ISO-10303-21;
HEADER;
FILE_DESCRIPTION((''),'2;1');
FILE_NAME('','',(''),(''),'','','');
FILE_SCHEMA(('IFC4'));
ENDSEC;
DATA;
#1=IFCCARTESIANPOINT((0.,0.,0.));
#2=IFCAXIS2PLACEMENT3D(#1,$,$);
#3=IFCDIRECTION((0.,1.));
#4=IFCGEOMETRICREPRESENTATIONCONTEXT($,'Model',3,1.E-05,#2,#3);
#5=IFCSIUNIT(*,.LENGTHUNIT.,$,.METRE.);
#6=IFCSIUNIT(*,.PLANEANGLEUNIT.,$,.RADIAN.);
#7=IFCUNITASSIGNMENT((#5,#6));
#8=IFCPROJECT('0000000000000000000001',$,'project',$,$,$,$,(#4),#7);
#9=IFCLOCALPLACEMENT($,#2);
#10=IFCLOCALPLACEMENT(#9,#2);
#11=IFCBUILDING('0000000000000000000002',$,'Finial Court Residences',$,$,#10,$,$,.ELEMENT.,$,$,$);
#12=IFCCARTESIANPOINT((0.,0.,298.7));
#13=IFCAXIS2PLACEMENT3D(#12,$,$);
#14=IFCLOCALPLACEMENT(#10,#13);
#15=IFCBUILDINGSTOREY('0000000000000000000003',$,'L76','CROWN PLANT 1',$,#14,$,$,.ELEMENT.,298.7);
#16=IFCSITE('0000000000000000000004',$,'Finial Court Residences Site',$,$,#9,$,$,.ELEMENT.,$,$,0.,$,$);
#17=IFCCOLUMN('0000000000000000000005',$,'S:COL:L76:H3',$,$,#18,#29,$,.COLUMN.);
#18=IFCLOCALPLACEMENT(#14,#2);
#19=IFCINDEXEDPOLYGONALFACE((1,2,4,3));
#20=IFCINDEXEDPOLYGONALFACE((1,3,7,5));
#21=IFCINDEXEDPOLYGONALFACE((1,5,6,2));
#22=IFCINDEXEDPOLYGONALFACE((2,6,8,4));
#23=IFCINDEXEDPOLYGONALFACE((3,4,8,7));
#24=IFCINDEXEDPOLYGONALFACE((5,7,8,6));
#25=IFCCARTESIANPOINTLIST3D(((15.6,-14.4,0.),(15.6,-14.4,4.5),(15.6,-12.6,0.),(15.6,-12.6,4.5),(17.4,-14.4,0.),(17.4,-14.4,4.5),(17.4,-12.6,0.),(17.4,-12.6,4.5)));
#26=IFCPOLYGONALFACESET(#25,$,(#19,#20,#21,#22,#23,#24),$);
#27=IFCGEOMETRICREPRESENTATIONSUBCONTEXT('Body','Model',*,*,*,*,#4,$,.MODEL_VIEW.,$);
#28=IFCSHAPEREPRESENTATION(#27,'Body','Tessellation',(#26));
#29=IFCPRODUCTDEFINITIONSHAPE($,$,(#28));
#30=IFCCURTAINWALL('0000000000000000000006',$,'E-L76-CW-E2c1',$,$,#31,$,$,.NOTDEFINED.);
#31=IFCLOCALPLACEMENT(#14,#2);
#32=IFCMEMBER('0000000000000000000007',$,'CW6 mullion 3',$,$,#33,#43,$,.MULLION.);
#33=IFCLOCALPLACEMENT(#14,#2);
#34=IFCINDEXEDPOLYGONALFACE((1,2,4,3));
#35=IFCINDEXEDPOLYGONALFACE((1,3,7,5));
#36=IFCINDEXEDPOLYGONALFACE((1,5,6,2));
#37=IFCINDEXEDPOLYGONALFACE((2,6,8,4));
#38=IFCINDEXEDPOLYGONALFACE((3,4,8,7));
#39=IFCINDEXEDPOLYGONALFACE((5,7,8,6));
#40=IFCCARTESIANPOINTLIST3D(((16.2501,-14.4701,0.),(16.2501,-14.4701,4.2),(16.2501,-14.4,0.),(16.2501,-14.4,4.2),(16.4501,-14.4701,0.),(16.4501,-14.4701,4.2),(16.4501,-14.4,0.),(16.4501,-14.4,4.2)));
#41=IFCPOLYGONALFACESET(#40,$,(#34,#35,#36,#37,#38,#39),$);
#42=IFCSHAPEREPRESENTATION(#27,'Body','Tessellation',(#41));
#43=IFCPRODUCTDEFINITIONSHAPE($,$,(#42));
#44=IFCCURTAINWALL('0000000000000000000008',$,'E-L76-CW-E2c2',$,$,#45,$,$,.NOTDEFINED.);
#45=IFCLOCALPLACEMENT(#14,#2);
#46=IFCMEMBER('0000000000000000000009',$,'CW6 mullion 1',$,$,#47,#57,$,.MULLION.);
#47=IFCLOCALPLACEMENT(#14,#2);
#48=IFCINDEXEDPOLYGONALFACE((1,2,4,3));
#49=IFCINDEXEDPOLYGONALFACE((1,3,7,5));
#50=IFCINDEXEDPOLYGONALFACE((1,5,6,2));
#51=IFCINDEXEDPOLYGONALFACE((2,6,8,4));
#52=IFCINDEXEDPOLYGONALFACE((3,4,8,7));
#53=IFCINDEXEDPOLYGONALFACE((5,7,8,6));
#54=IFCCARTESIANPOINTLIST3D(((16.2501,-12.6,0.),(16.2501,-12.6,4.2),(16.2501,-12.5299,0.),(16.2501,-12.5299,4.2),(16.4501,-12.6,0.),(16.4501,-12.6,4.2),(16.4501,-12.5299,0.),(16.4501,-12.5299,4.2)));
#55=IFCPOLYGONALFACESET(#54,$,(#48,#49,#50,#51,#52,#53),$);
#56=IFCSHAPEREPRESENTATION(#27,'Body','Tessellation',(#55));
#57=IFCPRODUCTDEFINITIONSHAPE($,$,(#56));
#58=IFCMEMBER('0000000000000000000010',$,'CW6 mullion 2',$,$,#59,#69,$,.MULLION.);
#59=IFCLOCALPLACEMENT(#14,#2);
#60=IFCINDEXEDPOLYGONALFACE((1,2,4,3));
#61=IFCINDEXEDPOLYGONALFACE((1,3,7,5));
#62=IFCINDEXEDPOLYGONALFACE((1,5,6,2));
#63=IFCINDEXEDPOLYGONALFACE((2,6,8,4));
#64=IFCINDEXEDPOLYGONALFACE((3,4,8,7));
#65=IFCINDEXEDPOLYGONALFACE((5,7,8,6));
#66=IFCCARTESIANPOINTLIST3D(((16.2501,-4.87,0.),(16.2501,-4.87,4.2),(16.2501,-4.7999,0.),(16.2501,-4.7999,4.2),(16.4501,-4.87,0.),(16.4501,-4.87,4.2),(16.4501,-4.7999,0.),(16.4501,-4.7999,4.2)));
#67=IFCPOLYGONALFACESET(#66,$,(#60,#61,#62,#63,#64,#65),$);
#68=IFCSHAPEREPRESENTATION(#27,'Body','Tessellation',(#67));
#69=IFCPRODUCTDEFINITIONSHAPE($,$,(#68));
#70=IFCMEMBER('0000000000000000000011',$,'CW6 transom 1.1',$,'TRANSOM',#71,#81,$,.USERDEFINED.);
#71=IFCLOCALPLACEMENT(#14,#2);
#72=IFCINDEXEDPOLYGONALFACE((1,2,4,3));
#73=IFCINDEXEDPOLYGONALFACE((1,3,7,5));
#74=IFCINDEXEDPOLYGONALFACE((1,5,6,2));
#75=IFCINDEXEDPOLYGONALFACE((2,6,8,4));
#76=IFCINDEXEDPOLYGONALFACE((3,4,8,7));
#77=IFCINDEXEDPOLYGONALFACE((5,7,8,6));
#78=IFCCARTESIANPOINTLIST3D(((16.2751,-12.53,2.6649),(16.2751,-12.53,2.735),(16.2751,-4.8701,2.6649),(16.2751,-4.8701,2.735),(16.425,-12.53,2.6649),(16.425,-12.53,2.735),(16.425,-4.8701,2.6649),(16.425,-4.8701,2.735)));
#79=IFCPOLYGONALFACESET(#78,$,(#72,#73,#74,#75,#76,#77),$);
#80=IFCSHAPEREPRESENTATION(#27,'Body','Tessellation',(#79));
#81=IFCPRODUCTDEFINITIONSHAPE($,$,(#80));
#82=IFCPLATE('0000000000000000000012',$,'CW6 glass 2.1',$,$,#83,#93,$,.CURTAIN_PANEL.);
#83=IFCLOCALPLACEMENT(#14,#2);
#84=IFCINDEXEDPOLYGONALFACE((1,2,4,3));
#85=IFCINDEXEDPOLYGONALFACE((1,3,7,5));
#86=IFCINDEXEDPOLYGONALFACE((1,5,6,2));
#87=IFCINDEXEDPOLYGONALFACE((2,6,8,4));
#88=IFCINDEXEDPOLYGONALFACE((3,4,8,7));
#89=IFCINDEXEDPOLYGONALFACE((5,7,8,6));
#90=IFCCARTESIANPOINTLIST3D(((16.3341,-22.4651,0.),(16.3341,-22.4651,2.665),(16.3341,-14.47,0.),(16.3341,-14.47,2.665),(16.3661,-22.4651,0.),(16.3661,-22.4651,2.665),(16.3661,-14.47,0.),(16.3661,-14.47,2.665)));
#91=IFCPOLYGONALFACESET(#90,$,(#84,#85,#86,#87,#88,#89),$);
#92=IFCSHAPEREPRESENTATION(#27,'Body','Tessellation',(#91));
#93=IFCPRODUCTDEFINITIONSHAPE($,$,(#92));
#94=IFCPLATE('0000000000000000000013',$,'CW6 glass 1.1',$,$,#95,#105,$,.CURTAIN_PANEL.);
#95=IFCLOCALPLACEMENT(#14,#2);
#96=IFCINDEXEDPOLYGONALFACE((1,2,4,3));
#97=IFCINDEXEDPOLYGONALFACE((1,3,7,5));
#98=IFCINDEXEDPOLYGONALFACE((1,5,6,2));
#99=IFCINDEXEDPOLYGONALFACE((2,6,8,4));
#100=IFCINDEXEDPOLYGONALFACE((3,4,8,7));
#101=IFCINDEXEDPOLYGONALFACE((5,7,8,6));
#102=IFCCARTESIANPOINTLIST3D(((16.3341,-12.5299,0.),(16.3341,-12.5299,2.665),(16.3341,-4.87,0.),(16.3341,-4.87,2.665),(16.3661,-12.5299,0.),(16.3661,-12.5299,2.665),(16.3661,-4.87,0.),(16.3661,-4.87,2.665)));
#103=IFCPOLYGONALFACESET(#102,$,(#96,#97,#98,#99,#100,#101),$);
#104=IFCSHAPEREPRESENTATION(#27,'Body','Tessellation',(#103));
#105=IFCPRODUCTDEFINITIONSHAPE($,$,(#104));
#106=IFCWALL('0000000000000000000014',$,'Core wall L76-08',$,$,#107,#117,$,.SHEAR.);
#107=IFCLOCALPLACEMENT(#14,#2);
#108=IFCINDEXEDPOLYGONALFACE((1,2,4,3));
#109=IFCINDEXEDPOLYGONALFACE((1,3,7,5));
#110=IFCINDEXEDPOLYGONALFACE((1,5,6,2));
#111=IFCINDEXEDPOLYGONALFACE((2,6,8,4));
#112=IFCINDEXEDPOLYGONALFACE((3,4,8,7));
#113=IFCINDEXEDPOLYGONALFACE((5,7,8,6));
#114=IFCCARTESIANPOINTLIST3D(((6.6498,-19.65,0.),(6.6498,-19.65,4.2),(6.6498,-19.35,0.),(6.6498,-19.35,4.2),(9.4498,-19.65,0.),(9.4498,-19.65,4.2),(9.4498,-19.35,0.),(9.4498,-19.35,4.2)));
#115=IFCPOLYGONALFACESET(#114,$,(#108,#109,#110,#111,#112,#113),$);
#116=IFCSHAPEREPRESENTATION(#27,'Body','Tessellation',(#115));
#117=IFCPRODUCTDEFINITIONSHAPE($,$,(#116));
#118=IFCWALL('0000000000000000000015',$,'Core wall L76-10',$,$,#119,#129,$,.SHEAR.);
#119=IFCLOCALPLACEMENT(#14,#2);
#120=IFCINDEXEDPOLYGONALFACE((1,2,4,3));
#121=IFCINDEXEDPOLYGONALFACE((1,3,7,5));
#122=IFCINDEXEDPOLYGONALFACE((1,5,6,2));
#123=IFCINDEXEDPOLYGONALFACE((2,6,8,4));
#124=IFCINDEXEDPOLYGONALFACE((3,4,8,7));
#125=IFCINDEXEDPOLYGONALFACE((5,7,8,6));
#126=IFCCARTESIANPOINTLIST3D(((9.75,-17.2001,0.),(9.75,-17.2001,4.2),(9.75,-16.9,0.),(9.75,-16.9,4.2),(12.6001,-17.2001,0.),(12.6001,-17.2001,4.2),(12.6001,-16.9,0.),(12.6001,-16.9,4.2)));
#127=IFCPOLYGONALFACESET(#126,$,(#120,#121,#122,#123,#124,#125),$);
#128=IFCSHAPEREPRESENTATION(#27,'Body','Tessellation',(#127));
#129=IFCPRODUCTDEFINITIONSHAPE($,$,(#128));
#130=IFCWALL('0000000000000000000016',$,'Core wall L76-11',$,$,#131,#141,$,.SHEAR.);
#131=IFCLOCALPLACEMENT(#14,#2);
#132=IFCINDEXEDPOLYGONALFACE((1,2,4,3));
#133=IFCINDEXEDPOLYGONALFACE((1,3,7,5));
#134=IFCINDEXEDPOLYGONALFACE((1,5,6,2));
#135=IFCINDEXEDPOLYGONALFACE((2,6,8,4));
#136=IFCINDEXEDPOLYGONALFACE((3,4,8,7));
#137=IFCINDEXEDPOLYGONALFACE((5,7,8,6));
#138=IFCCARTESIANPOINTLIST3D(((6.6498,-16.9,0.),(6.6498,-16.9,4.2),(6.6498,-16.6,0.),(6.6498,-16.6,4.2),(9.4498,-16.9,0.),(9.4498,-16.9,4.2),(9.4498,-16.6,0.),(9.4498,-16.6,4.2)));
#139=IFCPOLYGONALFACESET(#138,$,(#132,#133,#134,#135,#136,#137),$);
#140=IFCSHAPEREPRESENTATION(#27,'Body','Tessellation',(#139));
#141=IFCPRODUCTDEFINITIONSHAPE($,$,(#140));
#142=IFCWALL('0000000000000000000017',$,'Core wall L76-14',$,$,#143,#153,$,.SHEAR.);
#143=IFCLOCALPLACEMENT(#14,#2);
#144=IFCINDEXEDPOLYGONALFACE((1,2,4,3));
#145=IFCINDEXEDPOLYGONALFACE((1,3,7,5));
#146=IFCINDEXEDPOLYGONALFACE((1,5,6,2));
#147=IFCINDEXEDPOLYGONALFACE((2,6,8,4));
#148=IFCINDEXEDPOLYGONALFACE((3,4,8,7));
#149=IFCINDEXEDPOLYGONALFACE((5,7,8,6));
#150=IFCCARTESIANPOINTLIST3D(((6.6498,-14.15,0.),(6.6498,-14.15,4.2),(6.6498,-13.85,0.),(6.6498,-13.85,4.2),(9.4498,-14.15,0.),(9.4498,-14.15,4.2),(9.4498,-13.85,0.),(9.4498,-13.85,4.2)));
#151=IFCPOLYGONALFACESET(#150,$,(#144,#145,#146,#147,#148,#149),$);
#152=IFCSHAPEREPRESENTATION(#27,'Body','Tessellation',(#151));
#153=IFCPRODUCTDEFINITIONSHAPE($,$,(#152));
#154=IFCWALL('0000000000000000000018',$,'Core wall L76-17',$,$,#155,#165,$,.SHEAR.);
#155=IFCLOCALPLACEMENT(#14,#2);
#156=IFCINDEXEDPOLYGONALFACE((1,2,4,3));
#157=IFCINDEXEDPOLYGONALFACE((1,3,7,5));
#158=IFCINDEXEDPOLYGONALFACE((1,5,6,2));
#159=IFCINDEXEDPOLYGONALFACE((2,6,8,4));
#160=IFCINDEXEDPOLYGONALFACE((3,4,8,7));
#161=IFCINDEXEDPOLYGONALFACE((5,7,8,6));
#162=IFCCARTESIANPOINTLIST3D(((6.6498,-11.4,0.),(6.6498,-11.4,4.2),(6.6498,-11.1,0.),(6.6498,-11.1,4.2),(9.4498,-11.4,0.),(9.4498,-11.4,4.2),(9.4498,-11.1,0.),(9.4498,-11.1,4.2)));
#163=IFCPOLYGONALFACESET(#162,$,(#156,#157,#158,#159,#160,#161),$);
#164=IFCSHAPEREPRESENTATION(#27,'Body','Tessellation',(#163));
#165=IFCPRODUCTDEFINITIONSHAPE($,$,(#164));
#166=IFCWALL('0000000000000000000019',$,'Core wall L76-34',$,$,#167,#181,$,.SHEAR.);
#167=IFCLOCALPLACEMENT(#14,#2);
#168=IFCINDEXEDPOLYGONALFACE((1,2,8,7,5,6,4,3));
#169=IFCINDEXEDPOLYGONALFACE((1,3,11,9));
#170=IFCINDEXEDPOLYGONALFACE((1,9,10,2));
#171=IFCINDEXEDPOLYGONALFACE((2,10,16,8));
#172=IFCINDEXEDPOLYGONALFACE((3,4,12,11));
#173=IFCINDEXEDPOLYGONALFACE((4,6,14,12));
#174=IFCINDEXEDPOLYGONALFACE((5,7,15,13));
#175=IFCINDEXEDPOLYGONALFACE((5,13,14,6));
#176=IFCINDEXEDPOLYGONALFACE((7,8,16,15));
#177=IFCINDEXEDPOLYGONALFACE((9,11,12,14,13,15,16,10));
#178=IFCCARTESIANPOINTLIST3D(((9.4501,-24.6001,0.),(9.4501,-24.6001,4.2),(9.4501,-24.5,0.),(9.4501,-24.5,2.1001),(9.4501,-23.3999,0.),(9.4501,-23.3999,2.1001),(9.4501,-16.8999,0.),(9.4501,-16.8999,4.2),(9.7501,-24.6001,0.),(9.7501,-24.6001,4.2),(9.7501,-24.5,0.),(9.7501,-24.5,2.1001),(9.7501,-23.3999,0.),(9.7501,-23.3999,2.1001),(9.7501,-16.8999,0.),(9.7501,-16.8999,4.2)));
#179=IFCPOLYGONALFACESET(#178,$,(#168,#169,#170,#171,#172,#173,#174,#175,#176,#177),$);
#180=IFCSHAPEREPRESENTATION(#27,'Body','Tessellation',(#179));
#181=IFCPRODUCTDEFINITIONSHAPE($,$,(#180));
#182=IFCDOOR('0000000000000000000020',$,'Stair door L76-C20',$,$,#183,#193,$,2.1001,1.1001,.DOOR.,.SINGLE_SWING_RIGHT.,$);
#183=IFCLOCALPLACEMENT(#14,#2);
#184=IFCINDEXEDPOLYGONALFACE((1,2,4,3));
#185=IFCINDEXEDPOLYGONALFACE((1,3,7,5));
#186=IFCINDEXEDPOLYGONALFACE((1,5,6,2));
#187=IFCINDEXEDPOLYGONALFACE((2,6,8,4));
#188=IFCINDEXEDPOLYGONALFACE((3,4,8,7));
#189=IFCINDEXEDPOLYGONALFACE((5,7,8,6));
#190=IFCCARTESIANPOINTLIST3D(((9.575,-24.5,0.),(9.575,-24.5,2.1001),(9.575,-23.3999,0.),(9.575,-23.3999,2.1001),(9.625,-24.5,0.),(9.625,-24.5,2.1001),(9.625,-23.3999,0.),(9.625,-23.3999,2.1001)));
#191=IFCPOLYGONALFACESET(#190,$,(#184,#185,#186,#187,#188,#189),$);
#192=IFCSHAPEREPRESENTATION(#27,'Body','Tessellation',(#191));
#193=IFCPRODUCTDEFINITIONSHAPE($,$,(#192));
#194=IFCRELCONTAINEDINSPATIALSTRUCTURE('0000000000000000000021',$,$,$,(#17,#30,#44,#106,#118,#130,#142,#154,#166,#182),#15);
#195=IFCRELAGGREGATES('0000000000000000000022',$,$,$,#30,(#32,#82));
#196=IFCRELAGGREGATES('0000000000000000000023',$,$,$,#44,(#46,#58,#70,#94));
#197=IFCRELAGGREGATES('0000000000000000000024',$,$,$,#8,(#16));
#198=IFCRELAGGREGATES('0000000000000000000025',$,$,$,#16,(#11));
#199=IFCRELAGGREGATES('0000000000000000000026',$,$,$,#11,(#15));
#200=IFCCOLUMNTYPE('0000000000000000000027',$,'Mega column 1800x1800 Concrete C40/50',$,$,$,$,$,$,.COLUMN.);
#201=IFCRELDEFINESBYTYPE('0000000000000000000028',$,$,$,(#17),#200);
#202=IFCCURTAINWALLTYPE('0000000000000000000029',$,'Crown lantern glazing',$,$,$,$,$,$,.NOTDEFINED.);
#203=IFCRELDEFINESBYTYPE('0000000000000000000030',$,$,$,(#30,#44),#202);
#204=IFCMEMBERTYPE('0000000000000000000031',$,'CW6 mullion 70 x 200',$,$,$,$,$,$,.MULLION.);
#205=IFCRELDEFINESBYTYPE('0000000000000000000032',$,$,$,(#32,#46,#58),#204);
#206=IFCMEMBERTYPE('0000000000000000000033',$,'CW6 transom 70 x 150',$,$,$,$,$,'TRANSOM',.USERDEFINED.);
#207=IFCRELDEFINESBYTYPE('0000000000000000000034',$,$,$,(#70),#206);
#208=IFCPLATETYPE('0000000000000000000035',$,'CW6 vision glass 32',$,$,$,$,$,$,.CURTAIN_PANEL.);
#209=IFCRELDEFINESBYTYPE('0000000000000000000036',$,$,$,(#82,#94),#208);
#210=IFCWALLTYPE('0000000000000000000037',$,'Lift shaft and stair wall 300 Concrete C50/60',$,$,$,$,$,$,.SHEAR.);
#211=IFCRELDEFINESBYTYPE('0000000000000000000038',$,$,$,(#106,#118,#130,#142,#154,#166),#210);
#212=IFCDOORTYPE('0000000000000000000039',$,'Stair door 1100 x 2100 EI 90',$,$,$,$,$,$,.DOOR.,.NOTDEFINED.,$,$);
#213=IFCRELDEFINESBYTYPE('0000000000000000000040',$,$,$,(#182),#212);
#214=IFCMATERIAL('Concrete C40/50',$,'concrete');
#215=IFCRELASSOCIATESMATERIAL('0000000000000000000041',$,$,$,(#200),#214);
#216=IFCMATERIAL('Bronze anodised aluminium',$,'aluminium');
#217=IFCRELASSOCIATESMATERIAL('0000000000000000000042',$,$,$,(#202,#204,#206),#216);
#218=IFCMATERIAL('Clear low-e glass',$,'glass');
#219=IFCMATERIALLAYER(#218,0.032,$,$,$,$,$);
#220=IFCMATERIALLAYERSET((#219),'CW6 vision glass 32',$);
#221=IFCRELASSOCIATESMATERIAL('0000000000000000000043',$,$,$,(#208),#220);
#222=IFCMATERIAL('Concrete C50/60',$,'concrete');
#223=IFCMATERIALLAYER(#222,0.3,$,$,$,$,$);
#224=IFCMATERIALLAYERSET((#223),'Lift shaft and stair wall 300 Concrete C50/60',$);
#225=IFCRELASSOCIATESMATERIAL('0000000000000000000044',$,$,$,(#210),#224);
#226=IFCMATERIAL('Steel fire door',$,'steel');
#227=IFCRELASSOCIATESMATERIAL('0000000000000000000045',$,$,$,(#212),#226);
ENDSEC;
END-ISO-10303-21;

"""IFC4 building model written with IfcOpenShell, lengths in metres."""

from ifc_helpers import new_model, si_unit, direction, frame, frame_2d, origin, origin_2d, place, context, subcontext, project, spatial, rectangle, extrude, material, layer, layer_set, material_profile, profile_set, type_object, element, fill, aggregate, save


model = new_model("IFC4")

# Units and contexts
model_context = context("Model", 3, precision=1e-05, world=origin(), true_north=direction((0.0, 1.0)))
body_context = subcontext(model_context, "Body", "Model", "MODEL_VIEW")
ifc_project = project(units=[si_unit("LENGTHUNIT", "METRE"), si_unit("PLANEANGLEUNIT", "RADIAN")], contexts=[model_context])

# Site, building, storey
site_placement = place(None, origin())
site = spatial("IfcSite", under=ifc_project, at=site_placement, Name="Finial Court Residences Site", CompositionType="ELEMENT", RefElevation=0.0)
building_placement = place(site_placement, origin())
building = spatial("IfcBuilding", under=site, at=building_placement, Name="Finial Court Residences", CompositionType="ELEMENT")
storey_placement = place(building_placement, frame((0.0, 0.0, 298.7)))
storey = spatial("IfcBuildingStorey", under=building, at=storey_placement, Name="L76", Description="CROWN PLANT 1", CompositionType="ELEMENT", Elevation=298.7)

# Column
ifc_material_1 = material(Name="Concrete C40/50", Category="concrete")
ifc_material_profile_1 = material_profile(ifc_material_1, rectangle(XDim=1.8, YDim=1.8, at=origin_2d()), Name="1800x1800")
ifc_profile_set_1 = profile_set([ifc_material_profile_1], Name="Concrete C40/50")
column_type = type_object("IfcColumnType", Name="Mega column 1800x1800 Concrete C40/50", PredefinedType="COLUMN", material=ifc_profile_set_1)
column_placement = place(storey_placement, frame((16.5, -13.5, 0.0), z_axis=(0.0, 0.0, 1.0), x_axis=(1.0, 0.0, 0.0)))
element("IfcColumn", 1, at=column_placement, inside=storey, type_object=column_type, Name="S:COL:L76:H3", PredefinedType="COLUMN", context=body_context, shape_type="SweptSolid", body=[
    extrude(rectangle(XDim=1.8, YDim=1.8, at=origin_2d()), origin(), (0.0, 0.0, 1.0), 4.5),
])

# Curtain wall, member
ifc_material_2 = material(Name="Bronze anodised aluminium", Category="aluminium")
curtain_wall_type = type_object("IfcCurtainWallType", Name="Crown lantern glazing", PredefinedType="NOTDEFINED", material=ifc_material_2)
curtain_wall_1_placement = place(storey_placement, origin())
curtain_wall_1 = element("IfcCurtainWall", 2, at=curtain_wall_1_placement, inside=storey, type_object=curtain_wall_type, Name="E-L76-CW-E2c1", PredefinedType="NOTDEFINED")
ifc_material_profile_2 = material_profile(ifc_material_2, rectangle(XDim=0.2, YDim=0.0701, at=origin_2d()), Name="CW6 mullion 70 x 200")
ifc_profile_set_2 = profile_set([ifc_material_profile_2], Name="Bronze anodised aluminium")
member_type_1 = type_object("IfcMemberType", Name="CW6 mullion 70 x 200", PredefinedType="MULLION", material=ifc_profile_set_2)
member_1_placement = place(storey_placement, frame((16.3501, -14.4351, 0.0), z_axis=(0.0, 0.0, 1.0), x_axis=(-1.0, 0.0, 0.0)))
member_1 = element("IfcMember", 3, at=member_1_placement, type_object=member_type_1, Name="CW6 mullion 3", PredefinedType="MULLION", context=body_context, shape_type="SweptSolid", body=[
    extrude(rectangle(XDim=0.2, YDim=0.0701, at=origin_2d()), origin(), (0.0, 0.0, 1.0), 4.2),
])

# Curtain wall, members
curtain_wall_2_placement = place(storey_placement, origin())
curtain_wall_2 = element("IfcCurtainWall", 4, at=curtain_wall_2_placement, inside=storey, type_object=curtain_wall_type, Name="E-L76-CW-E2c2", PredefinedType="NOTDEFINED")
member_2_placement = place(storey_placement, frame((16.3501, -12.5649, 0.0), z_axis=(0.0, 0.0, 1.0), x_axis=(-1.0, 0.0, 0.0)))
member_2 = element("IfcMember", 5, at=member_2_placement, type_object=member_type_1, Name="CW6 mullion 1", PredefinedType="MULLION", context=body_context, shape_type="SweptSolid", body=[
    extrude(rectangle(XDim=0.2, YDim=0.0701, at=origin_2d()), origin(), (0.0, 0.0, 1.0), 4.2),
])
member_3_placement = place(storey_placement, frame((16.3501, -4.835, 0.0), z_axis=(0.0, 0.0, 1.0), x_axis=(-1.0, 0.0, 0.0)))
member_3 = element("IfcMember", 6, at=member_3_placement, type_object=member_type_1, Name="CW6 mullion 2", PredefinedType="MULLION", context=body_context, shape_type="SweptSolid", body=[
    extrude(rectangle(XDim=0.2, YDim=0.0701, at=origin_2d()), origin(), (0.0, 0.0, 1.0), 4.2),
])
ifc_material_profile_3 = material_profile(ifc_material_2, rectangle(XDim=0.1499, YDim=0.0701, at=origin_2d()), Name="CW6 transom 70 x 150")
ifc_profile_set_3 = profile_set([ifc_material_profile_3], Name="Bronze anodised aluminium")
member_type_2 = type_object("IfcMemberType", Name="CW6 transom 70 x 150", ElementType="TRANSOM", PredefinedType="USERDEFINED", material=ifc_profile_set_3)
member_4_placement = place(storey_placement, frame((16.3501, -12.53, 2.7), z_axis=(0.0, 1.0, 0.0), x_axis=(-1.0, 0.0, 0.0)))
member_4 = element("IfcMember", 7, at=member_4_placement, type_object=member_type_2, Name="CW6 transom 1.1", ObjectType="TRANSOM", PredefinedType="USERDEFINED", context=body_context, shape_type="SweptSolid", body=[
    extrude(rectangle(XDim=0.1499, YDim=0.0701, at=origin_2d()), origin(), (0.0, 0.0, 1.0), 7.6599),
])

# Plates
ifc_material_3 = material(Name="Clear low-e glass", Category="glass")
ifc_layer_1 = layer(ifc_material_3, 0.032)
ifc_layer_set_1 = layer_set([ifc_layer_1], Name="CW6 vision glass 32")
plate_type = type_object("IfcPlateType", Name="CW6 vision glass 32", PredefinedType="CURTAIN_PANEL", material=ifc_layer_set_1)
plate_1_placement = place(storey_placement, frame((16.3501, -18.4675, 0.0), z_axis=(0.0, 0.0, 1.0), x_axis=(0.0, 1.0, 0.0)))
plate_1 = element("IfcPlate", 8, at=plate_1_placement, type_object=plate_type, Name="CW6 glass 2.1", PredefinedType="CURTAIN_PANEL", context=body_context, shape_type="SweptSolid", body=[
    extrude(rectangle(XDim=7.9951, YDim=0.032, at=origin_2d()), origin(), (0.0, 0.0, 1.0), 2.665),
])
plate_2_placement = place(storey_placement, frame((16.3501, -8.7, 0.0), z_axis=(0.0, 0.0, 1.0), x_axis=(0.0, 1.0, 0.0)))
plate_2 = element("IfcPlate", 9, at=plate_2_placement, type_object=plate_type, Name="CW6 glass 1.1", PredefinedType="CURTAIN_PANEL", context=body_context, shape_type="SweptSolid", body=[
    extrude(rectangle(XDim=7.6599, YDim=0.032, at=origin_2d()), origin(), (0.0, 0.0, 1.0), 2.665),
])

# Walls
ifc_material_4 = material(Name="Concrete C50/60", Category="concrete")
ifc_layer_2 = layer(ifc_material_4, 0.3)
ifc_layer_set_2 = layer_set([ifc_layer_2], Name="Lift shaft and stair wall 300 Concrete C50/60")
wall_type_1 = type_object("IfcWallType", Name="Lift shaft and stair wall 300 Concrete C50/60", PredefinedType="SHEAR", material=ifc_layer_set_2)
wall_1_placement = place(storey_placement, frame((6.6499, -19.5, 0.0), z_axis=(0.0, 0.0, 1.0), x_axis=(1.0, 0.0, 0.0)))
element("IfcWall", 10, at=wall_1_placement, inside=storey, type_object=wall_type_1, Name="Core wall L76-08", PredefinedType="SHEAR", context=body_context, shape_type="SweptSolid", body=[
    extrude(rectangle(XDim=2.8, YDim=0.3, at=frame_2d((1.3999, 0.0))), origin(), (0.0, 0.0, 1.0), 4.2),
])
wall_2_placement = place(storey_placement, frame((9.75, -17.05, 0.0), z_axis=(0.0, 0.0, 1.0), x_axis=(1.0, 0.0, 0.0)))
element("IfcWall", 11, at=wall_2_placement, inside=storey, type_object=wall_type_1, Name="Core wall L76-10", PredefinedType="SHEAR", context=body_context, shape_type="SweptSolid", body=[
    extrude(rectangle(XDim=2.8501, YDim=0.3, at=frame_2d((1.425, 0.0))), origin(), (0.0, 0.0, 1.0), 4.2),
])
for number, where, z_axis, x_axis, name in (
    (12, (6.6499, -16.75, 0.0), (0.0, 0.0, 1.0), (1.0, 0.0, 0.0), "Core wall L76-11"),
    (13, (6.6499, -14.0, 0.0), (0.0, 0.0, 1.0), (1.0, 0.0, 0.0), "Core wall L76-14"),
    (14, (6.6499, -11.25, 0.0), (0.0, 0.0, 1.0), (1.0, 0.0, 0.0), "Core wall L76-17"),
):
    element("IfcWall", number, at=place(storey_placement, frame(where, z_axis=z_axis, x_axis=x_axis)), inside=storey, type_object=wall_type_1, Name=name, PredefinedType="SHEAR", context=body_context, shape_type="SweptSolid", body=[
        extrude(rectangle(XDim=2.8, YDim=0.3, at=frame_2d((1.3999, 0.0))), origin(), (0.0, 0.0, 1.0), 4.2),
    ])

# Wall, opening, door
wall_3_placement = place(storey_placement, frame((9.6001, -16.8999, 0.0), z_axis=(0.0, 0.0, 1.0), x_axis=(0.0, -1.0, 0.0)))
wall_3 = element("IfcWall", 15, at=wall_3_placement, inside=storey, type_object=wall_type_1, Name="Core wall L76-34", PredefinedType="SHEAR", context=body_context, shape_type="SweptSolid", body=[
    extrude(rectangle(XDim=7.7002, YDim=0.3, at=frame_2d((3.8501, 0.0))), origin(), (0.0, 0.0, 1.0), 4.2),
])
opening_1_placement = place(wall_3_placement, frame((6.5, 0.0, 0.0)))
opening_1 = element("IfcOpeningElement", 16, at=opening_1_placement, cuts=wall_3, PredefinedType="OPENING", context=body_context, shape_type="SweptSolid", body=[
    extrude(rectangle(XDim=1.1001, YDim=2.1001, at=frame_2d((0.55, 1.05))), frame((0.0, 0.1599, 0.0), z_axis=(0.0, -1.0, 0.0), x_axis=(1.0, 0.0, 0.0)), (0.0, 0.0, 1.0), 0.3201),
])
ifc_material_5 = material(Name="Steel fire door", Category="steel")
door_type_1 = type_object("IfcDoorType", Name="Stair door 1100 x 2100 EI 90", OperationType="NOTDEFINED", PredefinedType="DOOR", material=ifc_material_5)
door_1_placement = place(opening_1_placement, origin())
door_1 = element("IfcDoor", 17, at=door_1_placement, inside=storey, type_object=door_type_1, Name="Stair door L76-C20", OperationType="SINGLE_SWING_RIGHT", OverallHeight=2.1001, OverallWidth=1.1001, PredefinedType="DOOR", context=body_context, shape_type="SweptSolid", body=[
    extrude(rectangle(XDim=1.1001, YDim=2.1001, at=frame_2d((0.55, 1.05))), frame((0.0, 0.0249, 0.0), z_axis=(0.0, -1.0, 0.0), x_axis=(1.0, 0.0, 0.0)), (0.0, 0.0, 1.0), 0.05),
])
fill(opening_1, door_1)

aggregate(curtain_wall_1, [member_1, plate_1])
aggregate(curtain_wall_2, [member_2, member_3, member_4, plate_2])

save(model, "model.ifc")
